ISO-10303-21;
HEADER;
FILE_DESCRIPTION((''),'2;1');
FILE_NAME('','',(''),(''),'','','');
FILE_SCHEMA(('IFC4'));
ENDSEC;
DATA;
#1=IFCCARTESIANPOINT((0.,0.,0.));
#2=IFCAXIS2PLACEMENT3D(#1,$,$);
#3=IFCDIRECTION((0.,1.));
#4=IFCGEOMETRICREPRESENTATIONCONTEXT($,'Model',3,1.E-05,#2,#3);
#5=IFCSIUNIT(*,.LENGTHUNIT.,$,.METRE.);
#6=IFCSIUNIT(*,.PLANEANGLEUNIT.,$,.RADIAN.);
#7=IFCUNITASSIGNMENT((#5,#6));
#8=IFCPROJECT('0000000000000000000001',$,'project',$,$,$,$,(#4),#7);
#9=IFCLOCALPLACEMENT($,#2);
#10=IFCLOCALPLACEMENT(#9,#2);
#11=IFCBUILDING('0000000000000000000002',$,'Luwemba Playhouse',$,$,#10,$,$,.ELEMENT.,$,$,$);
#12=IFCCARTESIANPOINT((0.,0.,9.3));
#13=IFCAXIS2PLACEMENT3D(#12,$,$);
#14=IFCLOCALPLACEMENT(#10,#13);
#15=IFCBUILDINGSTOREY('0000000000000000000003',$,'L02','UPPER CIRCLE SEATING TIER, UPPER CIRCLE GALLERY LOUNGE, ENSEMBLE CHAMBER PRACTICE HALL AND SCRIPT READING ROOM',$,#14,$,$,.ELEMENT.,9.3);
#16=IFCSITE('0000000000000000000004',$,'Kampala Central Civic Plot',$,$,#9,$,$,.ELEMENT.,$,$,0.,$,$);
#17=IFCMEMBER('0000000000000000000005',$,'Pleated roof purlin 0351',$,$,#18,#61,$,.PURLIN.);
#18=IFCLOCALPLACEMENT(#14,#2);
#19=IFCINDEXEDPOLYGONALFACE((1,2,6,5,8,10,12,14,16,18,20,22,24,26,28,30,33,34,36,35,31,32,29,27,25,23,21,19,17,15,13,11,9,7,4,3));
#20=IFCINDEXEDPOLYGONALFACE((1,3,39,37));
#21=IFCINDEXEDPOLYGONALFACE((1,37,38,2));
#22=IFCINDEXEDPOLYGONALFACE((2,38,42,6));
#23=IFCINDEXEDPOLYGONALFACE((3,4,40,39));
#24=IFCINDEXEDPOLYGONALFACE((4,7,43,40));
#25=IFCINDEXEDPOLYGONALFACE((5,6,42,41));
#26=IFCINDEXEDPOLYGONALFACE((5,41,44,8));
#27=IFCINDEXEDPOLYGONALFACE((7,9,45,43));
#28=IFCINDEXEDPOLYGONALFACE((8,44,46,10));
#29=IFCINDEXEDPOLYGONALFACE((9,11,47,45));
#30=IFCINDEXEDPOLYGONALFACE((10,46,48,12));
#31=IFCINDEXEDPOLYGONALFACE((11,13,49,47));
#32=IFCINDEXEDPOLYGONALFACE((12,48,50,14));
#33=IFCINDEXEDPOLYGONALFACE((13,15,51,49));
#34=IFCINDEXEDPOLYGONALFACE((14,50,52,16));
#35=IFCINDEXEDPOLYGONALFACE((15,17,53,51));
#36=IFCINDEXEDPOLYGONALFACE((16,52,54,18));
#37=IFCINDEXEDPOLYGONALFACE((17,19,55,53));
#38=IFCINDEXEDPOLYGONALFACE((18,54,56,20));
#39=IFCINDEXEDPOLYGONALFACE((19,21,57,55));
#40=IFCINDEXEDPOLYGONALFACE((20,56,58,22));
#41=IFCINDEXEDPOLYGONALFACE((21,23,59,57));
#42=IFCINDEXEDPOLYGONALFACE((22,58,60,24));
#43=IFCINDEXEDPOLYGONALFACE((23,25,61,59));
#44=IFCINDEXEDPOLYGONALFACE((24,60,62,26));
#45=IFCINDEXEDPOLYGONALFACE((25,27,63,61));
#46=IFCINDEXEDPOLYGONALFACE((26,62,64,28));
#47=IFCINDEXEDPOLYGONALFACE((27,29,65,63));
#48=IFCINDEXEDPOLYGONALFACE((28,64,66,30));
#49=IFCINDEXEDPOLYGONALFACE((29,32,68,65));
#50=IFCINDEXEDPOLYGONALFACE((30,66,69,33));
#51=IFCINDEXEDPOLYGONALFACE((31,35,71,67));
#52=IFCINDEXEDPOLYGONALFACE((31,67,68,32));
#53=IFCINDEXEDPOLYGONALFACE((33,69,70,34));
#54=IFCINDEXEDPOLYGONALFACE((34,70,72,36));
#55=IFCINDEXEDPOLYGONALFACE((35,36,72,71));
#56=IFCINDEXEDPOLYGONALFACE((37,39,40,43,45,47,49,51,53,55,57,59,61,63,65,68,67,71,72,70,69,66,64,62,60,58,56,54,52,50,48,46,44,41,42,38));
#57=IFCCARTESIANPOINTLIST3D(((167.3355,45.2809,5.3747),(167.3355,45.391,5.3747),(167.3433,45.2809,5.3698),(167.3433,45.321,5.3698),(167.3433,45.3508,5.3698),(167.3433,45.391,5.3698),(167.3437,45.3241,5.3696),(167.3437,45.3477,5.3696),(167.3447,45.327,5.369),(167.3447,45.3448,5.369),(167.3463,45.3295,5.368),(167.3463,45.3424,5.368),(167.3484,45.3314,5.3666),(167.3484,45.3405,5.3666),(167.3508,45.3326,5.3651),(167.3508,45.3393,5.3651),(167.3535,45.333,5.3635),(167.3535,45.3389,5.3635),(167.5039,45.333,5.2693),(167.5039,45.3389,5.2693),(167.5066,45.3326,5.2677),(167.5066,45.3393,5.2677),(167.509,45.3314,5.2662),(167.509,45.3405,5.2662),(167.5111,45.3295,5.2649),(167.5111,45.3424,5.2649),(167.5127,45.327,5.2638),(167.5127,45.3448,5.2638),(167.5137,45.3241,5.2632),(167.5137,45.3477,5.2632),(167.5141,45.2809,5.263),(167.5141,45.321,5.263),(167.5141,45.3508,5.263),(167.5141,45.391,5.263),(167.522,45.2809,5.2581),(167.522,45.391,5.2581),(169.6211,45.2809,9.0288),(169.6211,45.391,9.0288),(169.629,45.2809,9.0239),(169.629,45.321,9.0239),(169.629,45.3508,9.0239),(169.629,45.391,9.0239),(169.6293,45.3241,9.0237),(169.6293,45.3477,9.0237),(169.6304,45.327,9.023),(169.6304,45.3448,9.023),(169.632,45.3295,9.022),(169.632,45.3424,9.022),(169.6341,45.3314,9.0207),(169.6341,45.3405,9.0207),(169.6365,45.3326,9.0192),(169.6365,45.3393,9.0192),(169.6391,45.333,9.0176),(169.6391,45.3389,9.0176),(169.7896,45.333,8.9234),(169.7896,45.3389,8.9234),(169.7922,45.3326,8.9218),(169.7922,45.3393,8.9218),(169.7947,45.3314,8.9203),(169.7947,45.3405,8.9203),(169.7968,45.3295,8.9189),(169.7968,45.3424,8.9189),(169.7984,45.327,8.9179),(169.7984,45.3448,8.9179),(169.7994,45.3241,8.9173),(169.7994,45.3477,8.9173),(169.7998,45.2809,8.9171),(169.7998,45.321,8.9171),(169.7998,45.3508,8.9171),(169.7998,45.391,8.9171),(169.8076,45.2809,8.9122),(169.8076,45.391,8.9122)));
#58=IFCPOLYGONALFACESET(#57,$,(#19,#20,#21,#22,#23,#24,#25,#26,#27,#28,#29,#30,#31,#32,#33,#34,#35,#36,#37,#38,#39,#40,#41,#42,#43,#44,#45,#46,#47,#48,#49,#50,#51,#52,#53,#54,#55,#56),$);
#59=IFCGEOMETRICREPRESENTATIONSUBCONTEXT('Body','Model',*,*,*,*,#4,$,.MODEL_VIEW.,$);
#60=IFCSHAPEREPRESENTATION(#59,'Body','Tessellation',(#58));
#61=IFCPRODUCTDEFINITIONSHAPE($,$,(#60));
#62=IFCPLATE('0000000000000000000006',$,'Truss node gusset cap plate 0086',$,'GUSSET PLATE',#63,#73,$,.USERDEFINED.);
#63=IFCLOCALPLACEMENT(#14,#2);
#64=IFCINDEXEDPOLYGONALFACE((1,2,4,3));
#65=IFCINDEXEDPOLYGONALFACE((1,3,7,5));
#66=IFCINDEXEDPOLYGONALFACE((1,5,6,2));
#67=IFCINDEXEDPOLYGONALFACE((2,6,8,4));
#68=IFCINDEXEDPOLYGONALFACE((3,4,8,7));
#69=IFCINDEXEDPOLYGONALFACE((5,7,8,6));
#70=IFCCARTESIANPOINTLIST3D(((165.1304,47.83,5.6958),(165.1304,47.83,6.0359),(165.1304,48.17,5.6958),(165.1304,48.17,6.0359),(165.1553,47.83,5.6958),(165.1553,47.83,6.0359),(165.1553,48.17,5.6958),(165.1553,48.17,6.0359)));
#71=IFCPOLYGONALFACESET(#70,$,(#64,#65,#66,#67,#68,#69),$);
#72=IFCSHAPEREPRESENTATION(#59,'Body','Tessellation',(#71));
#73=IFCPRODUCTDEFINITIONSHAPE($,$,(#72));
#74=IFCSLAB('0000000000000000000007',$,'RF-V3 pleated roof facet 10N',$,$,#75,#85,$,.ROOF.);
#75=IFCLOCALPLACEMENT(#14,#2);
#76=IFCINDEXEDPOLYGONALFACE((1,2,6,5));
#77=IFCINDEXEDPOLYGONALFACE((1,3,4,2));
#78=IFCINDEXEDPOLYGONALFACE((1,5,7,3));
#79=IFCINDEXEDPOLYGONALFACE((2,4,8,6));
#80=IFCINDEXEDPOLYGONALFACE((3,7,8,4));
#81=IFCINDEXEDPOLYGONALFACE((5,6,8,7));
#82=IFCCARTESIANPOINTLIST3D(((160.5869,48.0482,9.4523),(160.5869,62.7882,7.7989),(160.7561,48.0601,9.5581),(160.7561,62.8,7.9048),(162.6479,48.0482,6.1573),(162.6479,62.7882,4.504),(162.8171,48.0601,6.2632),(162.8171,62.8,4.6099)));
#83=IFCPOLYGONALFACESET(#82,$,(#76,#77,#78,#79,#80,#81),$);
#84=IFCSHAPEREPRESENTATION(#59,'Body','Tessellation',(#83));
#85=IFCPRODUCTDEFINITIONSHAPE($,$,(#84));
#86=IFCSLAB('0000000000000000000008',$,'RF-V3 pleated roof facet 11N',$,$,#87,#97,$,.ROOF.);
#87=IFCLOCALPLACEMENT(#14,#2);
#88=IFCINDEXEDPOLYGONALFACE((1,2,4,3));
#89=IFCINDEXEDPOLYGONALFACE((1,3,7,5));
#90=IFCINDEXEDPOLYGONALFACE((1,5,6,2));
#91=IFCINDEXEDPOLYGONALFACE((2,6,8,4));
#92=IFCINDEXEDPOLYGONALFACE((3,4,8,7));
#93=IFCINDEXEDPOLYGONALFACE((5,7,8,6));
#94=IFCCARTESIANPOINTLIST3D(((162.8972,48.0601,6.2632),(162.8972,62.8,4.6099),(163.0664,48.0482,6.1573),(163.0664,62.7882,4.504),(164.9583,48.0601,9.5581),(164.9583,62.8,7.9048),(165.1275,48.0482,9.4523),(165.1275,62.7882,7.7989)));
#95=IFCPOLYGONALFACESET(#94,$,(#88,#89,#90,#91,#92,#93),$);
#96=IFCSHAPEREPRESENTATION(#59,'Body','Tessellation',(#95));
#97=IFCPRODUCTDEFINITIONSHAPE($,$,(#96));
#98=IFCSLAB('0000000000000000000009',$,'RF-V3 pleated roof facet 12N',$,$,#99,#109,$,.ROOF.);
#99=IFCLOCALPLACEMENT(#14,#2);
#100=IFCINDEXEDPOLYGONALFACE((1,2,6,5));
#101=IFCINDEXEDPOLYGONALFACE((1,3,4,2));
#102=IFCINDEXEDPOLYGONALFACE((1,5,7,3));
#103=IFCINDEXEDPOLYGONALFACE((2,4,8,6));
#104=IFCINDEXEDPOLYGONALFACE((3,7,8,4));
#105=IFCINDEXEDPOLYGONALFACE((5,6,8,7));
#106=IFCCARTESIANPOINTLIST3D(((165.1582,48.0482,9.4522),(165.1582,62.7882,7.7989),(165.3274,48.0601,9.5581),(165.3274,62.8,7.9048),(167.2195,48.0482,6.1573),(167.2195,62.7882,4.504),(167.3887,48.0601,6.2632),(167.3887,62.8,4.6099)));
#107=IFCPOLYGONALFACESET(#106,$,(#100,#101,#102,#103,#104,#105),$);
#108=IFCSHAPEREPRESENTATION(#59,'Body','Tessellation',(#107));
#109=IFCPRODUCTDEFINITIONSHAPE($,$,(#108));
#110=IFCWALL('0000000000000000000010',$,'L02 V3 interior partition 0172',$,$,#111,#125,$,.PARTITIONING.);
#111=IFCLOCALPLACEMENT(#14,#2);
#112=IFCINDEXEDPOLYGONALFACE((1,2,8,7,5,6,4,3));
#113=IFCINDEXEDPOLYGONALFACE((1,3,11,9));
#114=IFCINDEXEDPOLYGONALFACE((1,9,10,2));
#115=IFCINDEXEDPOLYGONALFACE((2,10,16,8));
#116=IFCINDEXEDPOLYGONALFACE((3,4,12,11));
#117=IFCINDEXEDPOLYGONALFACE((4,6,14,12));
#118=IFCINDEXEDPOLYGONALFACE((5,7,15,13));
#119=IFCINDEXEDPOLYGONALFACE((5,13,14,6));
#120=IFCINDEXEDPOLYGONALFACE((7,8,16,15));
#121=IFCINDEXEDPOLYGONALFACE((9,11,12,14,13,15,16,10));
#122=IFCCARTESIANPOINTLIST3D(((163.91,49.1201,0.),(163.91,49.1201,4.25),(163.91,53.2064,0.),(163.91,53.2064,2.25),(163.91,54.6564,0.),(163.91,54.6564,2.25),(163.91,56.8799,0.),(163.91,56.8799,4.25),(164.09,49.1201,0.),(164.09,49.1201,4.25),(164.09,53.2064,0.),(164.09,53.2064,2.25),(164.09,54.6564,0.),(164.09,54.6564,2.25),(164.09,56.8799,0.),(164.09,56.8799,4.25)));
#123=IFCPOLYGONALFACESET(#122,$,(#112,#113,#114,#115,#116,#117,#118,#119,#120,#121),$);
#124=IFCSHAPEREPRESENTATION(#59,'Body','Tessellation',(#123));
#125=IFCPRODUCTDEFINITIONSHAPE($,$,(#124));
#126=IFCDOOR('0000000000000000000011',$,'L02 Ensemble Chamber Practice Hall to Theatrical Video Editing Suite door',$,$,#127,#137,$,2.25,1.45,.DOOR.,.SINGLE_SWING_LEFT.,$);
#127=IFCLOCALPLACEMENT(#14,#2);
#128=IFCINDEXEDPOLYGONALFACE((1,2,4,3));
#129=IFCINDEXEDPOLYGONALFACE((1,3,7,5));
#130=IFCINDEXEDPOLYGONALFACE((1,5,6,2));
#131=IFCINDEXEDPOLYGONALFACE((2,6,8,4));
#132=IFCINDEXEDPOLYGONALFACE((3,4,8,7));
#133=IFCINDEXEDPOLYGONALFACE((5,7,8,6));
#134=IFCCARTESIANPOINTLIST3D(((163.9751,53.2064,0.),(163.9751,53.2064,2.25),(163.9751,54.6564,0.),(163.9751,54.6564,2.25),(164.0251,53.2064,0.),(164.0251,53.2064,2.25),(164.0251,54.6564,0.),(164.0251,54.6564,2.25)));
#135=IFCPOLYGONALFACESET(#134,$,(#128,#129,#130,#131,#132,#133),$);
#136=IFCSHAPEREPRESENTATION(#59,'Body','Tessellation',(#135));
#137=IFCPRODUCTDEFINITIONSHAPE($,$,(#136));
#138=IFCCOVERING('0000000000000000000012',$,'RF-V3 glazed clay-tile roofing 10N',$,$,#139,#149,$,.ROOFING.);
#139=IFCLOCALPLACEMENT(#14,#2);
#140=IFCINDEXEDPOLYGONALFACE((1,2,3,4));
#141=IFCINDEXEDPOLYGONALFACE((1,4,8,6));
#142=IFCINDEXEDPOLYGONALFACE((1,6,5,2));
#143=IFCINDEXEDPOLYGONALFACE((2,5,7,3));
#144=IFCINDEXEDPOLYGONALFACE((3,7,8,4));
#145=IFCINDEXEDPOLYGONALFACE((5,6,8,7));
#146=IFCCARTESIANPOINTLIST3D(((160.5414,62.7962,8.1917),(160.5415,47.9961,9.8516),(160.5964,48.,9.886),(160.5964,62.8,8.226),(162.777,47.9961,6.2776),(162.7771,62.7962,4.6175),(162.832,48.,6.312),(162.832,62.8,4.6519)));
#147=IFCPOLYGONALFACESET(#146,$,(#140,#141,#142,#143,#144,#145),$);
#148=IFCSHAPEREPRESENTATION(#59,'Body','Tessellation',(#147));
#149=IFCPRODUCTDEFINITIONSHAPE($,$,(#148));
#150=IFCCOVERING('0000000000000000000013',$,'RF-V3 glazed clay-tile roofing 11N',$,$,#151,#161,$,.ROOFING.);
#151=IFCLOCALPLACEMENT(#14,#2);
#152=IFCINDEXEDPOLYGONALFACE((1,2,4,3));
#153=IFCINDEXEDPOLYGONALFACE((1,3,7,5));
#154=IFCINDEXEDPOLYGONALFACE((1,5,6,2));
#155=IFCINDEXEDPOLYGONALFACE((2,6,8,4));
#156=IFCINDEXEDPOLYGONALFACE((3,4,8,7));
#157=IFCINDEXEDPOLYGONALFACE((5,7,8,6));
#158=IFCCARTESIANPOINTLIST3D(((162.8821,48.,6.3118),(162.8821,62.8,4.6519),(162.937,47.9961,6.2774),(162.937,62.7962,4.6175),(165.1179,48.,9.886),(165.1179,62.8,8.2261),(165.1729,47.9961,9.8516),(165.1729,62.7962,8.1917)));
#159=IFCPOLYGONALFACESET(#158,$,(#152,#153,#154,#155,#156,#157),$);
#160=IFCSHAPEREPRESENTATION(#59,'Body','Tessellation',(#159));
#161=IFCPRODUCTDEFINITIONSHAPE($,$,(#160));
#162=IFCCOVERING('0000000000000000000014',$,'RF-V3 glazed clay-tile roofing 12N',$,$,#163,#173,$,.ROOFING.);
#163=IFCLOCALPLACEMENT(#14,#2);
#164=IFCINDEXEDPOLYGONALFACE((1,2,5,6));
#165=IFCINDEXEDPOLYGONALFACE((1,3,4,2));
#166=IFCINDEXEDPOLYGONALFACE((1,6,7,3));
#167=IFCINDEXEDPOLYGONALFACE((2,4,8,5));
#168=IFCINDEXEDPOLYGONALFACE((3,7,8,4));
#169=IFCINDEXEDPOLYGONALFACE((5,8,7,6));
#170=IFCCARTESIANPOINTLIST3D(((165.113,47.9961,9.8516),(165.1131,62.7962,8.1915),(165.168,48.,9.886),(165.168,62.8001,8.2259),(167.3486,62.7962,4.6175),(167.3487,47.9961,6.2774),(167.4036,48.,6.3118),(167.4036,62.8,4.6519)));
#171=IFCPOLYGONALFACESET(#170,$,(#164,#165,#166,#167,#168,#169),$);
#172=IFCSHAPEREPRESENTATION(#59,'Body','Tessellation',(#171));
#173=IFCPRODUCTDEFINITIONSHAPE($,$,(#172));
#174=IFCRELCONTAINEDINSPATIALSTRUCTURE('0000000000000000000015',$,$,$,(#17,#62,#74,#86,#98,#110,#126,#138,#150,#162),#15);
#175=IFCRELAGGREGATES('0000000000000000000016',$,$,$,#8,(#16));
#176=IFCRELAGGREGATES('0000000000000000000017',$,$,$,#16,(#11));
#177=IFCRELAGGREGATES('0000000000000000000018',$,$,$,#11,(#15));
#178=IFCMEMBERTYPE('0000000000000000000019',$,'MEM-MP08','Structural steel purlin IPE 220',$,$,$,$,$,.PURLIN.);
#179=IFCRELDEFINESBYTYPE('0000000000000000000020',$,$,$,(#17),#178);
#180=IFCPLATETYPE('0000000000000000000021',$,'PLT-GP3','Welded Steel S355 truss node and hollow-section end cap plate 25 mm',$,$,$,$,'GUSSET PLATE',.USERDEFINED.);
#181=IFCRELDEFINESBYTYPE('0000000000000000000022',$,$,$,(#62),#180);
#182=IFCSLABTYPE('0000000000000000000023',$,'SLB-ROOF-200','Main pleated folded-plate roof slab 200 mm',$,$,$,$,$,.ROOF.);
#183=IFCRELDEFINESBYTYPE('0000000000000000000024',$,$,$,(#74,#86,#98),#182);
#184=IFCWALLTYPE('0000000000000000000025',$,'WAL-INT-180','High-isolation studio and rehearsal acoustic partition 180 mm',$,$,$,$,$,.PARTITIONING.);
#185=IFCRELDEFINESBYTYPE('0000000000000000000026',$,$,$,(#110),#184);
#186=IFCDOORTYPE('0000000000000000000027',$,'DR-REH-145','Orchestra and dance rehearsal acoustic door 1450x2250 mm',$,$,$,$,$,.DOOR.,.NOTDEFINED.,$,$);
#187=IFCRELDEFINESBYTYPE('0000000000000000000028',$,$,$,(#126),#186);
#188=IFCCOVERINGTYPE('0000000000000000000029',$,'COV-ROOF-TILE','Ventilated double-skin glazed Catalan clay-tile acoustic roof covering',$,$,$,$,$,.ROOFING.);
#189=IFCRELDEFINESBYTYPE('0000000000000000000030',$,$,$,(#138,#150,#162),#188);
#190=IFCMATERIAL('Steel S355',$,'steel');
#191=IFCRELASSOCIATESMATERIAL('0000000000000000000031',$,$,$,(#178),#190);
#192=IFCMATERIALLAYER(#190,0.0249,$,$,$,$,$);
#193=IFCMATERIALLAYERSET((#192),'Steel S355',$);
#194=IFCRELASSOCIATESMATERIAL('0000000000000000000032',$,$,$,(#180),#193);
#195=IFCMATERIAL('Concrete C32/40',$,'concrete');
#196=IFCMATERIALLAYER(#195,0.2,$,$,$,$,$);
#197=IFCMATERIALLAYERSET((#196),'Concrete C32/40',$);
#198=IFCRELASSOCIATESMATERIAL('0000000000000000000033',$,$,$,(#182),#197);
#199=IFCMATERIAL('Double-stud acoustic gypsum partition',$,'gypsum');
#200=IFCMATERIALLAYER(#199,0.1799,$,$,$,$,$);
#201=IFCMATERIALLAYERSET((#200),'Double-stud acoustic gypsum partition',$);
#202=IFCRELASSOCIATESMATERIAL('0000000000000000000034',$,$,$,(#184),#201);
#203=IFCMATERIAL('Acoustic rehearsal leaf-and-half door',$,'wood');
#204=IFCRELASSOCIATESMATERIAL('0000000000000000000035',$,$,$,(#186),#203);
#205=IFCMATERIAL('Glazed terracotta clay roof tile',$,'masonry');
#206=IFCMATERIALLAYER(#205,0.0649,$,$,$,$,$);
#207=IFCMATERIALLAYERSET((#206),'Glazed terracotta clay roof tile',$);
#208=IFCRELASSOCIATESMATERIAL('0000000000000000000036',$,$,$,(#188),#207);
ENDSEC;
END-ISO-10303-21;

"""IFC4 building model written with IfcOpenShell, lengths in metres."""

from ifc_helpers import new_model, si_unit, direction, frame, frame_2d, origin, origin_2d, place, context, subcontext, project, spatial, polyline, rectangle, i_section, outline, extrude, material, layer, layer_set, material_profile, profile_set, type_object, element, fill, save


model = new_model("IFC4")

# Units and contexts
model_context = context("Model", 3, precision=1e-05, world=origin(), true_north=direction((0.0, 1.0)))
body_context = subcontext(model_context, "Body", "Model", "MODEL_VIEW")
ifc_project = project(units=[si_unit("LENGTHUNIT", "METRE"), si_unit("PLANEANGLEUNIT", "RADIAN")], contexts=[model_context])

# Site, building, storey
site_placement = place(None, origin())
site = spatial("IfcSite", under=ifc_project, at=site_placement, Name="Kampala Central Civic Plot", CompositionType="ELEMENT", RefElevation=0.0)
building_placement = place(site_placement, origin())
building = spatial("IfcBuilding", under=site, at=building_placement, Name="Luwemba Playhouse", CompositionType="ELEMENT")
storey_placement = place(building_placement, frame((0.0, 0.0, 9.3)))
storey = spatial("IfcBuildingStorey", under=building, at=storey_placement, Name="L02", Description="UPPER CIRCLE SEATING TIER, UPPER CIRCLE GALLERY LOUNGE, ENSEMBLE CHAMBER PRACTICE HALL AND SCRIPT READING ROOM", CompositionType="ELEMENT", Elevation=9.3)

# Shared definitions
ifc_material_1 = material(Name="Steel S355", Category="steel")

# Member
ifc_material_profile_1 = material_profile(ifc_material_1, i_section(OverallWidth=0.1101, OverallDepth=0.22, WebThickness=0.0059, FlangeThickness=0.0093, FilletRadius=0.012, at=origin_2d()))
ifc_profile_set_1 = profile_set([ifc_material_profile_1], Name="Steel S355")
member_type_1 = type_object("IfcMemberType", Name="MEM-MP08", Description="Structural steel purlin IPE 220", PredefinedType="PURLIN", material=ifc_profile_set_1)
member_1_placement = place(storey_placement, frame((167.4287, 45.3359, 5.3164), z_axis=(0.530309, 0.0, 0.847804), x_axis=(0.0, 1.0, 0.0)))
element("IfcMember", 1, at=member_1_placement, inside=storey, type_object=member_type_1, Name="Pleated roof purlin 0351", PredefinedType="PURLIN", context=body_context, shape_type="SweptSolid", body=[
    extrude(i_section(OverallWidth=0.1101, OverallDepth=0.22, WebThickness=0.0059, FlangeThickness=0.0093, FilletRadius=0.012, at=origin_2d()), origin(), (0.0, 0.0, 1.0), 4.3101),
])

# Plate
ifc_layer_1 = layer(ifc_material_1, 0.0249)
ifc_layer_set_1 = layer_set([ifc_layer_1], Name="Steel S355")
plate_type = type_object("IfcPlateType", Name="PLT-GP3", Description="Welded Steel S355 truss node and hollow-section end cap plate 25 mm", ElementType="GUSSET PLATE", PredefinedType="USERDEFINED", material=ifc_layer_set_1)
plate_placement = place(storey_placement, frame((165.1428, 48.0, 5.6958), z_axis=(0.0, 0.0, 1.0), x_axis=(1.0, 0.0, 0.0)))
element("IfcPlate", 2, at=plate_placement, inside=storey, type_object=plate_type, Name="Truss node gusset cap plate 0086", ObjectType="GUSSET PLATE", PredefinedType="USERDEFINED", context=body_context, shape_type="SweptSolid", body=[
    extrude(rectangle(XDim=0.0249, YDim=0.3401, at=origin_2d()), origin(), (0.0, 0.0, 1.0), 0.3401),
])

# Slabs
ifc_material_2 = material(Name="Concrete C32/40", Category="concrete")
ifc_layer_2 = layer(ifc_material_2, 0.2)
ifc_layer_set_2 = layer_set([ifc_layer_2], Name="Concrete C32/40")
slab_type = type_object("IfcSlabType", Name="SLB-ROOF-200", Description="Main pleated folded-plate roof slab 200 mm", PredefinedType="ROOF", material=ifc_layer_set_2)
slab_1_placement = place(storey_placement, frame((160.7561, 48.0601, 9.5581), z_axis=(0.846305, 0.059378, 0.529379), x_axis=(0.530315, 0.0, -0.847801)))
element("IfcSlab", 3, at=slab_1_placement, inside=storey, type_object=slab_type, Name="RF-V3 pleated roof facet 10N", PredefinedType="ROOF", context=body_context, shape_type="SweptSolid", body=[
    extrude(outline(polyline([(0.0, 0.0), (3.8864, 0.0), (5.2881, 14.766), (1.4017, 14.766), (0.0, 0.0)])), origin(), (0.0, 0.0, -1.0), 0.2),
])
slab_2_placement = place(storey_placement, frame((162.8972, 48.0601, 6.2632), z_axis=(-0.846305, 0.059378, 0.529379), x_axis=(0.530315, 0.0, 0.847801)))
element("IfcSlab", 4, at=slab_2_placement, inside=storey, type_object=slab_type, Name="RF-V3 pleated roof facet 11N", PredefinedType="ROOF", context=body_context, shape_type="SweptSolid", body=[
    extrude(outline(polyline([(0.0, 0.0), (3.8864, 0.0), (2.4847, 14.766), (-1.4017, 14.766), (0.0, 0.0)])), origin(), (0.0, 0.0, -1.0), 0.2),
])
slab_3_placement = place(storey_placement, frame((165.3274, 48.0601, 9.5581), z_axis=(0.846276, 0.059383, 0.529424), x_axis=(0.53036, 0.0, -0.847772)))
element("IfcSlab", 5, at=slab_3_placement, inside=storey, type_object=slab_type, Name="RF-V3 pleated roof facet 12N", PredefinedType="ROOF", context=body_context, shape_type="SweptSolid", body=[
    extrude(outline(polyline([(0.0, 0.0), (3.8866, 0.0), (5.2882, 14.766), (1.4016, 14.766), (0.0, 0.0)])), origin(), (0.0, 0.0, -1.0), 0.2),
])

# Wall, opening, door
ifc_material_3 = material(Name="Double-stud acoustic gypsum partition", Category="gypsum")
ifc_layer_3 = layer(ifc_material_3, 0.1799)
ifc_layer_set_3 = layer_set([ifc_layer_3], Name="Double-stud acoustic gypsum partition")
wall_type = type_object("IfcWallType", Name="WAL-INT-180", Description="High-isolation studio and rehearsal acoustic partition 180 mm", PredefinedType="PARTITIONING", material=ifc_layer_set_3)
wall_placement = place(storey_placement, frame((164.0, 49.1201, 0.0), z_axis=(0.0, 0.0, 1.0), x_axis=(0.0, 1.0, 0.0)))
wall = element("IfcWall", 6, at=wall_placement, inside=storey, type_object=wall_type, Name="L02 V3 interior partition 0172", PredefinedType="PARTITIONING", context=body_context, shape_type="SweptSolid", body=[
    extrude(rectangle(XDim=7.7598, YDim=0.1799, at=frame_2d((3.8799, 0.0))), origin(), (0.0, 0.0, 1.0), 4.25),
])
opening_placement = place(wall_placement, frame((4.0862, 0.0, 0.0)))
opening = element("IfcOpeningElement", 7, at=opening_placement, cuts=wall, PredefinedType="OPENING", context=body_context, shape_type="SweptSolid", body=[
    extrude(rectangle(XDim=1.45, YDim=2.25, at=frame_2d((0.7251, 1.125))), frame((0.0, 0.0999, 0.0), z_axis=(0.0, -1.0, 0.0), x_axis=(1.0, 0.0, 0.0)), (0.0, 0.0, 1.0), 0.2),
])
ifc_material_4 = material(Name="Acoustic rehearsal leaf-and-half door", Category="wood")
door_type = type_object("IfcDoorType", Name="DR-REH-145", Description="Orchestra and dance rehearsal acoustic door 1450x2250 mm", OperationType="NOTDEFINED", PredefinedType="DOOR", material=ifc_material_4)
door_placement = place(opening_placement, origin())
door = element("IfcDoor", 8, at=door_placement, inside=storey, type_object=door_type, Name="L02 Ensemble Chamber Practice Hall to Theatrical Video Editing Suite door", OperationType="SINGLE_SWING_LEFT", OverallHeight=2.25, OverallWidth=1.45, PredefinedType="DOOR", context=body_context, shape_type="SweptSolid", body=[
    extrude(rectangle(XDim=1.45, YDim=2.25, at=frame_2d((0.7251, 1.125))), frame((0.0, 0.0249, 0.0), z_axis=(0.0, -1.0, 0.0), x_axis=(1.0, 0.0, 0.0)), (0.0, 0.0, 1.0), 0.05),
])
fill(opening, door)

# Coverings
ifc_material_5 = material(Name="Glazed terracotta clay roof tile", Category="masonry")
ifc_layer_4 = layer(ifc_material_5, 0.0649)
ifc_layer_set_4 = layer_set([ifc_layer_4], Name="Glazed terracotta clay roof tile")
covering_type = type_object("IfcCoveringType", Name="COV-ROOF-TILE", Description="Ventilated double-skin glazed Catalan clay-tile acoustic roof covering", PredefinedType="ROOFING", material=ifc_layer_set_4)
covering_1_placement = place(storey_placement, frame((160.5964, 48.0, 9.886), z_axis=(0.846312, 0.059376, 0.529368), x_axis=(0.530303, -0.000001, -0.847808)))
element("IfcCovering", 9, at=covering_1_placement, inside=storey, type_object=covering_type, Name="RF-V3 glazed clay-tile roofing 10N", PredefinedType="ROOFING", context=body_context, shape_type="SweptSolid", body=[
    extrude(outline(polyline([(0.0, 0.0), (4.2156, 0.0), (5.6231, 14.8262), (1.4073, 14.8262), (0.0, 0.0)])), origin(), (0.0, 0.0, -1.0), 0.0649),
])
covering_2_placement = place(storey_placement, frame((162.8821, 48.0, 6.3118), z_axis=(-0.846294, 0.059375, 0.529396), x_axis=(0.530332, 0.0, 0.84779)))
element("IfcCovering", 10, at=covering_2_placement, inside=storey, type_object=covering_type, Name="RF-V3 glazed clay-tile roofing 11N", PredefinedType="ROOFING", context=body_context, shape_type="SweptSolid", body=[
    extrude(outline(polyline([(0.0, 0.0), (4.2159, 0.0), (2.8087, 14.8262), (-1.4073, 14.8262), (0.0, 0.0)])), origin(), (0.0, 0.0, -1.0), 0.0649),
])
covering_3_placement = place(storey_placement, frame((165.168, 48.0, 9.886), z_axis=(0.846312, 0.059376, 0.529368), x_axis=(0.530303, 0.000001, -0.847808)))
element("IfcCovering", 11, at=covering_3_placement, inside=storey, type_object=covering_type, Name="RF-V3 glazed clay-tile roofing 12N", PredefinedType="ROOFING", context=body_context, shape_type="SweptSolid", body=[
    extrude(outline(polyline([(0.0, 0.0), (4.2158, 0.0), (5.6231, 14.8262), (1.4075, 14.8262), (0.0, 0.0)])), origin(), (0.0, 0.0, -1.0), 0.0649),
])

save(model, "model.ifc")
